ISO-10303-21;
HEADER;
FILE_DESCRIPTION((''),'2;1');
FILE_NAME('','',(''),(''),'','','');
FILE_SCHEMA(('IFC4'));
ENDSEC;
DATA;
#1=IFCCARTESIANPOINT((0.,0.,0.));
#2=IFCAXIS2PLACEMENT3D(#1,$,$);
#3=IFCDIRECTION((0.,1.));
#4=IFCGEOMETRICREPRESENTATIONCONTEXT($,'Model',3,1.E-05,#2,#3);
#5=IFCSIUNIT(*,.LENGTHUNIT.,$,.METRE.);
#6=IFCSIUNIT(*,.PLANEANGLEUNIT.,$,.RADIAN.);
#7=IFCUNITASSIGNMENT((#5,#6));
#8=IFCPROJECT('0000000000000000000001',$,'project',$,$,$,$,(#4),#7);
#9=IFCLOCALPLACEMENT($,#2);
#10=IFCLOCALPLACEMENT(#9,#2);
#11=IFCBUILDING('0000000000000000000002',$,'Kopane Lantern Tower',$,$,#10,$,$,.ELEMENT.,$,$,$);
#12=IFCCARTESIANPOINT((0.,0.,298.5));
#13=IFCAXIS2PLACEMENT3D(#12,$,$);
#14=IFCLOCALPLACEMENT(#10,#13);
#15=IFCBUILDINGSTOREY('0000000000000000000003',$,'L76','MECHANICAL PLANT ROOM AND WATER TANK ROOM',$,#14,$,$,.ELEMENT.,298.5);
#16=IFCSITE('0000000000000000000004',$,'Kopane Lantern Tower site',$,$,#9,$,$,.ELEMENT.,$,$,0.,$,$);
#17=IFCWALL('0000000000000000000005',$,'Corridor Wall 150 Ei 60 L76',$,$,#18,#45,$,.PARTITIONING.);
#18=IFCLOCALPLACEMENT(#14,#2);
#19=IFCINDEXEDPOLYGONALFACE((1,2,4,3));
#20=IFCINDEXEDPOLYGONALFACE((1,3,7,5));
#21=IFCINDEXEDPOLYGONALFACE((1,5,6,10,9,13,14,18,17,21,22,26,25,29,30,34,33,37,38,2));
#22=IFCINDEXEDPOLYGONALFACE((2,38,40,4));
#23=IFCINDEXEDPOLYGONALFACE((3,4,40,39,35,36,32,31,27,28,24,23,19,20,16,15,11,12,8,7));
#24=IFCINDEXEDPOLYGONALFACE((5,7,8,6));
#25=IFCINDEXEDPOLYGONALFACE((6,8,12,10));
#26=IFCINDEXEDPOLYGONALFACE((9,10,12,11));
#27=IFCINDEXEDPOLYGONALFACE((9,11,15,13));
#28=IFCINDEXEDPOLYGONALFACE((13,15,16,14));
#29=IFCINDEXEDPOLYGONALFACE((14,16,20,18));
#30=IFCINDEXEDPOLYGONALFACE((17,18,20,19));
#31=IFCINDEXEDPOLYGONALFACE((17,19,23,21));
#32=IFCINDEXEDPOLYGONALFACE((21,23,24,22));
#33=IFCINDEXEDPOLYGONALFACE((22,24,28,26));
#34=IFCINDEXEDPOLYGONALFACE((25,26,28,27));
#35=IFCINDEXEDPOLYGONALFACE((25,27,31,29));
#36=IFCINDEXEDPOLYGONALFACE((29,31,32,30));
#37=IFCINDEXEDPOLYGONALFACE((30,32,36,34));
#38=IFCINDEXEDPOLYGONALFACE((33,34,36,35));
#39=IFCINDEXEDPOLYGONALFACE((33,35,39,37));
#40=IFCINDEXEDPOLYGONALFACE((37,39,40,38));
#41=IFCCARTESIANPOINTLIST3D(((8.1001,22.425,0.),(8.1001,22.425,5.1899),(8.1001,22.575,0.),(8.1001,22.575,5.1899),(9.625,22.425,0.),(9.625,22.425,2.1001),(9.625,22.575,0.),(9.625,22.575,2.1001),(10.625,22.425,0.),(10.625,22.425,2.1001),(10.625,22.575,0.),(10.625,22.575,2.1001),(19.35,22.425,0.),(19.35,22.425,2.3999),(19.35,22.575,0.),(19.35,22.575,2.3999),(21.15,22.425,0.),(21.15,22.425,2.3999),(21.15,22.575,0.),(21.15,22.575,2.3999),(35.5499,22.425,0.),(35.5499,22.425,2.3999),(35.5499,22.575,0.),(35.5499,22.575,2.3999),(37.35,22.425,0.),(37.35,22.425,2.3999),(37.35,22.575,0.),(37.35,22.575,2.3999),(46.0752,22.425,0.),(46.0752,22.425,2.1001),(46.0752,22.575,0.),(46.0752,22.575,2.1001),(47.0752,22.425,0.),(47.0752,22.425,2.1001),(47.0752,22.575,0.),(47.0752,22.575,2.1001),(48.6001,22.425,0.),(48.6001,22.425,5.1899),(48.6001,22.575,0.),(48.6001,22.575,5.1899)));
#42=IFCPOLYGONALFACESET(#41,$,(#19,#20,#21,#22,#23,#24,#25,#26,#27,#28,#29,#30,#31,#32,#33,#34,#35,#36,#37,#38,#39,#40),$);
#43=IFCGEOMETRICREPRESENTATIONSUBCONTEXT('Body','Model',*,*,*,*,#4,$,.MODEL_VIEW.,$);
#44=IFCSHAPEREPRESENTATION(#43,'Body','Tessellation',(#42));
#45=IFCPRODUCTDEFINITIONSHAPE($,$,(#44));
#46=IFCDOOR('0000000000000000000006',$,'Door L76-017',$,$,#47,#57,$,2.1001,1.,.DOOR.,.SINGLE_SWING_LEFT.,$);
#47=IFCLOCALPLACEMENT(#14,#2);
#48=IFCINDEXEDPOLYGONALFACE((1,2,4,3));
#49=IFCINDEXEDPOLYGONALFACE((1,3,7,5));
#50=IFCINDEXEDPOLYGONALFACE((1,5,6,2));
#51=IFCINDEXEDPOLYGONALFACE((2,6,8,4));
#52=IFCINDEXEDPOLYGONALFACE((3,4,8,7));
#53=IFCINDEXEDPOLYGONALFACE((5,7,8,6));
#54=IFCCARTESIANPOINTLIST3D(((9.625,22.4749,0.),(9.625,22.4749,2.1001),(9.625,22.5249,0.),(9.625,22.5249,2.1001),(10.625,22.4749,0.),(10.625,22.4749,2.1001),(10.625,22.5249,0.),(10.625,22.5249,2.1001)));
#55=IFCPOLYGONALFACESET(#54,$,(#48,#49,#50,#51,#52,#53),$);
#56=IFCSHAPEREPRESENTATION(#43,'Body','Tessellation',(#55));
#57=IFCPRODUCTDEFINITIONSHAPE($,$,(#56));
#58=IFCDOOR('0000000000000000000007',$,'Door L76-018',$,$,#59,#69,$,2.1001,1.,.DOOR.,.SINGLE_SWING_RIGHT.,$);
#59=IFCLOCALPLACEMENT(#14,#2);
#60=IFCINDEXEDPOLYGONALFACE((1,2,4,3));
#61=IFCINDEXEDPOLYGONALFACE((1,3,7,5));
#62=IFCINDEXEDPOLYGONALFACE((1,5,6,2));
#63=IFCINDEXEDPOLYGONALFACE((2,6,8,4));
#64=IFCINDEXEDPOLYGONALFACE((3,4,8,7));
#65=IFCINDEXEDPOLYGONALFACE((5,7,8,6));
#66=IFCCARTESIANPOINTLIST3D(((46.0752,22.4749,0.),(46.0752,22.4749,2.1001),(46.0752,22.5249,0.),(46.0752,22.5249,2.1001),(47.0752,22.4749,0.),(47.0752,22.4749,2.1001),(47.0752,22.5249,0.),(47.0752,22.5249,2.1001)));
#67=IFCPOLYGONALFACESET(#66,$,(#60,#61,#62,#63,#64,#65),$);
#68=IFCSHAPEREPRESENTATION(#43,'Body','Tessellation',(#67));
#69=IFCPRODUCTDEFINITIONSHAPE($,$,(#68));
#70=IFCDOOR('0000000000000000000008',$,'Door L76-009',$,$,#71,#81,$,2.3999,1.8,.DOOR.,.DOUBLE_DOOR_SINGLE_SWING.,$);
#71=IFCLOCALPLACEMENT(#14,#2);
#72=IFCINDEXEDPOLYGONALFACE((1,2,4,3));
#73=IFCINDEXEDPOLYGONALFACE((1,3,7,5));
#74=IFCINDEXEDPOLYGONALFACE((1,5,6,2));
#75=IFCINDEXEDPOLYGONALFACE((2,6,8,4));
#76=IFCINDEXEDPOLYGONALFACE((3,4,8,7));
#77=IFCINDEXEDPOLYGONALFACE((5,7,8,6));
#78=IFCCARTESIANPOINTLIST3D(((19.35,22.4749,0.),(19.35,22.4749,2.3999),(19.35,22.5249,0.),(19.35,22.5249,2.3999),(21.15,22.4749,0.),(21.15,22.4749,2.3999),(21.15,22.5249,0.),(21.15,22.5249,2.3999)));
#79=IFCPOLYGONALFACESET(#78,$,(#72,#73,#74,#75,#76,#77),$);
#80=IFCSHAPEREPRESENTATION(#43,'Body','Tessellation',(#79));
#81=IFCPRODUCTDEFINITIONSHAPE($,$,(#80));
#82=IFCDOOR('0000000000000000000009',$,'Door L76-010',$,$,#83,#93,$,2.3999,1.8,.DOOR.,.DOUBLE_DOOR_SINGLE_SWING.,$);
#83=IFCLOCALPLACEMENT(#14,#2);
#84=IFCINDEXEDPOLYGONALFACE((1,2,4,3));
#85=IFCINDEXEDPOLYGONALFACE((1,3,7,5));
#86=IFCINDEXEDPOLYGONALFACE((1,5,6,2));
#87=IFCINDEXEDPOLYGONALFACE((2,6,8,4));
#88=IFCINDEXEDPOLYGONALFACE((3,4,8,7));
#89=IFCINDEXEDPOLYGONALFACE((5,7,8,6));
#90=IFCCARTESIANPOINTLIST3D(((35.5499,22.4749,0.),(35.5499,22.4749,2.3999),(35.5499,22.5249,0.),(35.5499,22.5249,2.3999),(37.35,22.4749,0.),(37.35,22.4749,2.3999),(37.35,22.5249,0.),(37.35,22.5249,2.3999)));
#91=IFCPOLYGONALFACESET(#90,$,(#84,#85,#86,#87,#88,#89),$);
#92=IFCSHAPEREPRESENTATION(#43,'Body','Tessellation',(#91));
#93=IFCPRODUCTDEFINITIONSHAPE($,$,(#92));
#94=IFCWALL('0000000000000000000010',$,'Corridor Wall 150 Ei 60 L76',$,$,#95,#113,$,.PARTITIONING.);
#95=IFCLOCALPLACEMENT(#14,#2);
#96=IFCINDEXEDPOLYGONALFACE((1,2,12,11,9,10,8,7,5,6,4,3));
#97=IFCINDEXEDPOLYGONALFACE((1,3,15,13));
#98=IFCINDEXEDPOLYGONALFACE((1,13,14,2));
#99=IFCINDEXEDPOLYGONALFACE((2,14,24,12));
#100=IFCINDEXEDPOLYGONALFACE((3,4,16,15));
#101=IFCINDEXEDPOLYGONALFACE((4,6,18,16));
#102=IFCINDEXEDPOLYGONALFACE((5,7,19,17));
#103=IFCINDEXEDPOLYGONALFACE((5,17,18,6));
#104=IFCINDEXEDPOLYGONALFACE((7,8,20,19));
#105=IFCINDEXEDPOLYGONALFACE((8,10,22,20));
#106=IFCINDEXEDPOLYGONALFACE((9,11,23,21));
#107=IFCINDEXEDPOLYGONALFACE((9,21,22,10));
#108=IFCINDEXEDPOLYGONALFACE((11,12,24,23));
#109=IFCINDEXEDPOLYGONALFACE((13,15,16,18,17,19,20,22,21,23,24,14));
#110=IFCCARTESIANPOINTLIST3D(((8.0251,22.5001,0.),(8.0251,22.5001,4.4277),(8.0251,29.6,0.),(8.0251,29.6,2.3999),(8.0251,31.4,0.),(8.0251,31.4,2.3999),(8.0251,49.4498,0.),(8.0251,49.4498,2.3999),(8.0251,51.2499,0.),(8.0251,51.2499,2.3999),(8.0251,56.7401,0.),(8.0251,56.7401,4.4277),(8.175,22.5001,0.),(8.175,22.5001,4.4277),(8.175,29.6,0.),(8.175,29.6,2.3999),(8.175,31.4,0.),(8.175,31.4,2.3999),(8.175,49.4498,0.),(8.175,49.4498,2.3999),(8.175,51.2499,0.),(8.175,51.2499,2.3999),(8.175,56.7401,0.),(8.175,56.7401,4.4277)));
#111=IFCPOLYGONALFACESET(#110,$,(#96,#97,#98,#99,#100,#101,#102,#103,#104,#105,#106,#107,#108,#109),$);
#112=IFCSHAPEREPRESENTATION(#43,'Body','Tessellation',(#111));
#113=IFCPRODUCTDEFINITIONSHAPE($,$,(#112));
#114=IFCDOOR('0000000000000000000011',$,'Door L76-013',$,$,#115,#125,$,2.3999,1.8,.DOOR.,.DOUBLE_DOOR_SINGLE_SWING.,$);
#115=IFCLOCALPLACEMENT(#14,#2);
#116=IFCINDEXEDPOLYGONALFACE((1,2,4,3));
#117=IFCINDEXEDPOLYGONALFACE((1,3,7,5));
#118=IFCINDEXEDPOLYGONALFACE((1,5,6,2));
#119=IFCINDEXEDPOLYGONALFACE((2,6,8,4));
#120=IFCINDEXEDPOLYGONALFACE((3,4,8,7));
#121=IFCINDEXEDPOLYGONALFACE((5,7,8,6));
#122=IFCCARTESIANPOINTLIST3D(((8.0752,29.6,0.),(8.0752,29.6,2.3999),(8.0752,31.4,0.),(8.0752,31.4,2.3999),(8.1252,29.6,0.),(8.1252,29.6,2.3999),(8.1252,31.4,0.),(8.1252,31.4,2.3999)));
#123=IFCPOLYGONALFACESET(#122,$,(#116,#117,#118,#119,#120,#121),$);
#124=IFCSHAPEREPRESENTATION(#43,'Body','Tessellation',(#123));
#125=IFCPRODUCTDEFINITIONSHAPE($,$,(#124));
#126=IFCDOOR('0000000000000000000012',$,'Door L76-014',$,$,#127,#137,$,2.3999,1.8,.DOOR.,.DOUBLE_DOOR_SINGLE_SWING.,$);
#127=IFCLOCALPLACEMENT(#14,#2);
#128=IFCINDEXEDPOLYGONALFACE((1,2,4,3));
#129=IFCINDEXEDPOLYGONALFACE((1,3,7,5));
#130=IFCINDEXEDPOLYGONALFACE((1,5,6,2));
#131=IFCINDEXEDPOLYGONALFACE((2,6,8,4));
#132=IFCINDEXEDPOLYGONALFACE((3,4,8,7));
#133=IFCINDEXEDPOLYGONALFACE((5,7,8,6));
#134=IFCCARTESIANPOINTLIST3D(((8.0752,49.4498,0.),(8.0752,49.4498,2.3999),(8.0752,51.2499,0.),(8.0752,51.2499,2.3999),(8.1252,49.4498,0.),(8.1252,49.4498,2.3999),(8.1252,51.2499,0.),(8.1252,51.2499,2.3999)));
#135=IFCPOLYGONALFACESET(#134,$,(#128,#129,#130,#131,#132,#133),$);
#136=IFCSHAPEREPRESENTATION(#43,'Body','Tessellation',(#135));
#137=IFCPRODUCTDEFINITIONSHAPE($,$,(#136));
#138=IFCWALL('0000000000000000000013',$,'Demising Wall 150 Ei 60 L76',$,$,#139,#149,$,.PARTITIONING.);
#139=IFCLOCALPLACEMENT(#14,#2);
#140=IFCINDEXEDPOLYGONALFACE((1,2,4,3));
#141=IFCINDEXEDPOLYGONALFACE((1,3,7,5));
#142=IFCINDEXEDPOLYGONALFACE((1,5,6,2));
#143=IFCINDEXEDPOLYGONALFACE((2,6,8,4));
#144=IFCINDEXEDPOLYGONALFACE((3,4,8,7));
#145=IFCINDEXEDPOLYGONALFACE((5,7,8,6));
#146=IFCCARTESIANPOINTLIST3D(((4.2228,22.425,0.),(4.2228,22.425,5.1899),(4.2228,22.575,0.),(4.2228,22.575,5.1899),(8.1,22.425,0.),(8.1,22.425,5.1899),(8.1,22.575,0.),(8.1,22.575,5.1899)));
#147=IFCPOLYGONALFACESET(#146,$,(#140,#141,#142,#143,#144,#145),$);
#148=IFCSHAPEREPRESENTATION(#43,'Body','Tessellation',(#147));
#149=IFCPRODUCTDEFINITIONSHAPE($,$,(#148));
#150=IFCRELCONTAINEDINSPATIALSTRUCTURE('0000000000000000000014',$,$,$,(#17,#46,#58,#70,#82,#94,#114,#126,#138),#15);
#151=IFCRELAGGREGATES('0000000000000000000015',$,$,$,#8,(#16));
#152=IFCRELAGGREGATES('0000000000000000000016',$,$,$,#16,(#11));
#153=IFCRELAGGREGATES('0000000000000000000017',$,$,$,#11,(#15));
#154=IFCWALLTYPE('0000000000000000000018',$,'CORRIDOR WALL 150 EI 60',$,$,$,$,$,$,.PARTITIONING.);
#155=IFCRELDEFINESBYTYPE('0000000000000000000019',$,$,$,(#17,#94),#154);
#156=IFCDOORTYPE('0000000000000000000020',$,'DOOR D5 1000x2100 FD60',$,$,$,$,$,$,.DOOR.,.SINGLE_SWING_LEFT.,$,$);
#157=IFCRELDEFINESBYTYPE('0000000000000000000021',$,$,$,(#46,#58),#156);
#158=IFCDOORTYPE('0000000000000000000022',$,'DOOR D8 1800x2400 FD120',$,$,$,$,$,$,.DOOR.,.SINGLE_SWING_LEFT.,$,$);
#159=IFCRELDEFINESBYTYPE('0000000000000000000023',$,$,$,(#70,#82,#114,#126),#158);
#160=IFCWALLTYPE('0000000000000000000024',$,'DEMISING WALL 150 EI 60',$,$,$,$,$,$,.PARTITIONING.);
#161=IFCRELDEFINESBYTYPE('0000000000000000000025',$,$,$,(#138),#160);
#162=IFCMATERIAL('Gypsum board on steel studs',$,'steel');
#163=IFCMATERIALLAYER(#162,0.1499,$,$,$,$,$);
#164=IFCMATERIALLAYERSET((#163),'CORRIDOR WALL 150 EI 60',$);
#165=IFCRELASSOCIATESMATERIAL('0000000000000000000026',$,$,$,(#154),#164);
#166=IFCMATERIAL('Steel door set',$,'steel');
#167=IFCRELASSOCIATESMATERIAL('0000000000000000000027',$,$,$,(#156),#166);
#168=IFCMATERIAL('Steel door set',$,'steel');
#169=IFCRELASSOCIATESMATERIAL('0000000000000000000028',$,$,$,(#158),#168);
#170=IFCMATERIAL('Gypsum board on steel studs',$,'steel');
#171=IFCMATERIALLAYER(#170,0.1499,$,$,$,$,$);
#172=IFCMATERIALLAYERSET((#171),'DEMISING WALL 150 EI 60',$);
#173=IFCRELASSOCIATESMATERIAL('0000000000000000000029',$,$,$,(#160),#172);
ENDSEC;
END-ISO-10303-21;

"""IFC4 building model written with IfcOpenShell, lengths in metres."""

from ifc_helpers import new_model, si_unit, direction, frame, frame_2d, origin, place, context, subcontext, project, spatial, rectangle, extrude, material, layer, layer_set, type_object, element, fill, save


model = new_model("IFC4")

# Units and contexts
model_context = context("Model", 3, precision=1e-05, world=origin(), true_north=direction((0.0, 1.0)))
body_context = subcontext(model_context, "Body", "Model", "MODEL_VIEW")
ifc_project = project(units=[si_unit("LENGTHUNIT", "METRE"), si_unit("PLANEANGLEUNIT", "RADIAN")], contexts=[model_context])

# Site, building, storey
site_placement = place(None, origin())
site = spatial("IfcSite", under=ifc_project, at=site_placement, Name="Kopane Lantern Tower site", CompositionType="ELEMENT", RefElevation=0.0)
building_placement = place(site_placement, origin())
building = spatial("IfcBuilding", under=site, at=building_placement, Name="Kopane Lantern Tower", CompositionType="ELEMENT")
storey_placement = place(building_placement, frame((0.0, 0.0, 298.5)))
storey = spatial("IfcBuildingStorey", under=building, at=storey_placement, Name="L76", Description="MECHANICAL PLANT ROOM AND WATER TANK ROOM", CompositionType="ELEMENT", Elevation=298.5)

# Walls, openings, doors
ifc_material_1 = material(Name="Gypsum board on steel studs", Category="steel")
ifc_layer_1 = layer(ifc_material_1, 0.1499)
ifc_layer_set_1 = layer_set([ifc_layer_1], Name="CORRIDOR WALL 150 EI 60")
wall_type_1 = type_object("IfcWallType", Name="CORRIDOR WALL 150 EI 60", PredefinedType="PARTITIONING", material=ifc_layer_set_1)
wall_1_placement = place(storey_placement, frame((8.1001, 22.5, 0.0), z_axis=(0.0, 0.0, 1.0), x_axis=(1.0, 0.0, 0.0)))
wall_1 = element("IfcWall", 1, at=wall_1_placement, inside=storey, type_object=wall_type_1, Name="Corridor Wall 150 Ei 60 L76", PredefinedType="PARTITIONING", context=body_context, shape_type="SweptSolid", body=[
    extrude(rectangle(XDim=40.5, YDim=0.1499, at=frame_2d((20.25, 0.0))), origin(), (0.0, 0.0, 1.0), 5.1899),
])
opening_1_placement = place(wall_1_placement, frame((11.25, 0.0, 0.0)))
opening_1 = element("IfcOpeningElement", 2, at=opening_1_placement, cuts=wall_1, PredefinedType="OPENING", context=body_context, shape_type="SweptSolid", body=[
    extrude(rectangle(XDim=1.8, YDim=2.3999, at=frame_2d((0.8999, 1.2))), frame((0.0, 0.085, 0.0), z_axis=(0.0, -1.0, 0.0), x_axis=(1.0, 0.0, 0.0)), (0.0, 0.0, 1.0), 0.1699),
])
opening_2_placement = place(wall_1_placement, frame((27.45, 0.0, 0.0)))
opening_2 = element("IfcOpeningElement", 3, at=opening_2_placement, cuts=wall_1, PredefinedType="OPENING", context=body_context, shape_type="SweptSolid", body=[
    extrude(rectangle(XDim=1.8, YDim=2.3999, at=frame_2d((0.8999, 1.2))), frame((0.0, 0.085, 0.0), z_axis=(0.0, -1.0, 0.0), x_axis=(1.0, 0.0, 0.0)), (0.0, 0.0, 1.0), 0.1699),
])
opening_3_placement = place(wall_1_placement, frame((1.5249, 0.0, 0.0)))
opening_3 = element("IfcOpeningElement", 4, at=opening_3_placement, cuts=wall_1, PredefinedType="OPENING", context=body_context, shape_type="SweptSolid", body=[
    extrude(rectangle(XDim=1.0, YDim=2.1001, at=frame_2d((0.5, 1.05))), frame((0.0, 0.085, 0.0), z_axis=(0.0, -1.0, 0.0), x_axis=(1.0, 0.0, 0.0)), (0.0, 0.0, 1.0), 0.1699),
])
opening_4_placement = place(wall_1_placement, frame((37.9751, 0.0, 0.0)))
opening_4 = element("IfcOpeningElement", 5, at=opening_4_placement, cuts=wall_1, PredefinedType="OPENING", context=body_context, shape_type="SweptSolid", body=[
    extrude(rectangle(XDim=1.0, YDim=2.1001, at=frame_2d((0.5, 1.05))), frame((0.0, 0.085, 0.0), z_axis=(0.0, -1.0, 0.0), x_axis=(1.0, 0.0, 0.0)), (0.0, 0.0, 1.0), 0.1699),
])
ifc_material_2 = material(Name="Steel door set", Category="steel")
door_type_1 = type_object("IfcDoorType", Name="DOOR D5 1000x2100 FD60", OperationType="SINGLE_SWING_LEFT", PredefinedType="DOOR", material=ifc_material_2)
door_1_placement = place(opening_3_placement, origin())
door_1 = element("IfcDoor", 6, at=door_1_placement, inside=storey, type_object=door_type_1, Name="Door L76-017", OperationType="SINGLE_SWING_LEFT", OverallHeight=2.1001, OverallWidth=1.0, PredefinedType="DOOR", context=body_context, shape_type="SweptSolid", body=[
    extrude(rectangle(XDim=1.0, YDim=2.1001, at=frame_2d((0.5, 1.05))), frame((0.0, 0.0249, 0.0), z_axis=(0.0, -1.0, 0.0), x_axis=(1.0, 0.0, 0.0)), (0.0, 0.0, 1.0), 0.05),
])
fill(opening_3, door_1)
door_2_placement = place(opening_4_placement, origin())
door_2 = element("IfcDoor", 7, at=door_2_placement, inside=storey, type_object=door_type_1, Name="Door L76-018", OperationType="SINGLE_SWING_RIGHT", OverallHeight=2.1001, OverallWidth=1.0, PredefinedType="DOOR", context=body_context, shape_type="SweptSolid", body=[
    extrude(rectangle(XDim=1.0, YDim=2.1001, at=frame_2d((0.5, 1.05))), frame((0.0, 0.0249, 0.0), z_axis=(0.0, -1.0, 0.0), x_axis=(1.0, 0.0, 0.0)), (0.0, 0.0, 1.0), 0.05),
])
fill(opening_4, door_2)
ifc_material_3 = material(Name="Steel door set", Category="steel")
door_type_2 = type_object("IfcDoorType", Name="DOOR D8 1800x2400 FD120", OperationType="SINGLE_SWING_LEFT", PredefinedType="DOOR", material=ifc_material_3)
door_3_placement = place(opening_1_placement, origin())
door_3 = element("IfcDoor", 8, at=door_3_placement, inside=storey, type_object=door_type_2, Name="Door L76-009", OperationType="DOUBLE_DOOR_SINGLE_SWING", OverallHeight=2.3999, OverallWidth=1.8, PredefinedType="DOOR", context=body_context, shape_type="SweptSolid", body=[
    extrude(rectangle(XDim=1.8, YDim=2.3999, at=frame_2d((0.8999, 1.2))), frame((0.0, 0.0249, 0.0), z_axis=(0.0, -1.0, 0.0), x_axis=(1.0, 0.0, 0.0)), (0.0, 0.0, 1.0), 0.05),
])
fill(opening_1, door_3)
door_4_placement = place(opening_2_placement, origin())
door_4 = element("IfcDoor", 9, at=door_4_placement, inside=storey, type_object=door_type_2, Name="Door L76-010", OperationType="DOUBLE_DOOR_SINGLE_SWING", OverallHeight=2.3999, OverallWidth=1.8, PredefinedType="DOOR", context=body_context, shape_type="SweptSolid", body=[
    extrude(rectangle(XDim=1.8, YDim=2.3999, at=frame_2d((0.8999, 1.2))), frame((0.0, 0.0249, 0.0), z_axis=(0.0, -1.0, 0.0), x_axis=(1.0, 0.0, 0.0)), (0.0, 0.0, 1.0), 0.05),
])
fill(opening_2, door_4)
wall_2_placement = place(storey_placement, frame((8.1001, 22.5, 0.0), z_axis=(0.0, 0.0, 1.0), x_axis=(0.0, 1.0, 0.0)))
wall_2 = element("IfcWall", 10, at=wall_2_placement, inside=storey, type_object=wall_type_1, Name="Corridor Wall 150 Ei 60 L76", PredefinedType="PARTITIONING", context=body_context, shape_type="SweptSolid", body=[
    extrude(rectangle(XDim=34.24, YDim=0.1499, at=frame_2d((17.1201, 0.0))), origin(), (0.0, 0.0, 1.0), 4.4277),
])
opening_5_placement = place(wall_2_placement, frame((7.1001, 0.0, 0.0)))
opening_5 = element("IfcOpeningElement", 11, at=opening_5_placement, cuts=wall_2, PredefinedType="OPENING", context=body_context, shape_type="SweptSolid", body=[
    extrude(rectangle(XDim=1.8, YDim=2.3999, at=frame_2d((0.8999, 1.2))), frame((0.0, 0.085, 0.0), z_axis=(0.0, -1.0, 0.0), x_axis=(1.0, 0.0, 0.0)), (0.0, 0.0, 1.0), 0.1699),
])
opening_6_placement = place(wall_2_placement, frame((26.95, 0.0, 0.0)))
opening_6 = element("IfcOpeningElement", 12, at=opening_6_placement, cuts=wall_2, PredefinedType="OPENING", context=body_context, shape_type="SweptSolid", body=[
    extrude(rectangle(XDim=1.8, YDim=2.3999, at=frame_2d((0.8999, 1.2))), frame((0.0, 0.085, 0.0), z_axis=(0.0, -1.0, 0.0), x_axis=(1.0, 0.0, 0.0)), (0.0, 0.0, 1.0), 0.1699),
])
door_5_placement = place(opening_5_placement, origin())
door_5 = element("IfcDoor", 13, at=door_5_placement, inside=storey, type_object=door_type_2, Name="Door L76-013", OperationType="DOUBLE_DOOR_SINGLE_SWING", OverallHeight=2.3999, OverallWidth=1.8, PredefinedType="DOOR", context=body_context, shape_type="SweptSolid", body=[
    extrude(rectangle(XDim=1.8, YDim=2.3999, at=frame_2d((0.8999, 1.2))), frame((0.0, 0.0249, 0.0), z_axis=(0.0, -1.0, 0.0), x_axis=(1.0, 0.0, 0.0)), (0.0, 0.0, 1.0), 0.05),
])
fill(opening_5, door_5)
door_6_placement = place(opening_6_placement, origin())
door_6 = element("IfcDoor", 14, at=door_6_placement, inside=storey, type_object=door_type_2, Name="Door L76-014", OperationType="DOUBLE_DOOR_SINGLE_SWING", OverallHeight=2.3999, OverallWidth=1.8, PredefinedType="DOOR", context=body_context, shape_type="SweptSolid", body=[
    extrude(rectangle(XDim=1.8, YDim=2.3999, at=frame_2d((0.8999, 1.2))), frame((0.0, 0.0249, 0.0), z_axis=(0.0, -1.0, 0.0), x_axis=(1.0, 0.0, 0.0)), (0.0, 0.0, 1.0), 0.05),
])
fill(opening_6, door_6)

# Wall
ifc_material_4 = material(Name="Gypsum board on steel studs", Category="steel")
ifc_layer_2 = layer(ifc_material_4, 0.1499)
ifc_layer_set_2 = layer_set([ifc_layer_2], Name="DEMISING WALL 150 EI 60")
wall_type_2 = type_object("IfcWallType", Name="DEMISING WALL 150 EI 60", PredefinedType="PARTITIONING", material=ifc_layer_set_2)
wall_3_placement = place(storey_placement, frame((4.2229, 22.5, 0.0), z_axis=(0.0, 0.0, 1.0), x_axis=(1.0, 0.0, 0.0)))
element("IfcWall", 15, at=wall_3_placement, inside=storey, type_object=wall_type_2, Name="Demising Wall 150 Ei 60 L76", PredefinedType="PARTITIONING", context=body_context, shape_type="SweptSolid", body=[
    extrude(rectangle(XDim=3.8772, YDim=0.1499, at=frame_2d((1.9385, 0.0))), origin(), (0.0, 0.0, 1.0), 5.1899),
])

save(model, "model.ifc")
